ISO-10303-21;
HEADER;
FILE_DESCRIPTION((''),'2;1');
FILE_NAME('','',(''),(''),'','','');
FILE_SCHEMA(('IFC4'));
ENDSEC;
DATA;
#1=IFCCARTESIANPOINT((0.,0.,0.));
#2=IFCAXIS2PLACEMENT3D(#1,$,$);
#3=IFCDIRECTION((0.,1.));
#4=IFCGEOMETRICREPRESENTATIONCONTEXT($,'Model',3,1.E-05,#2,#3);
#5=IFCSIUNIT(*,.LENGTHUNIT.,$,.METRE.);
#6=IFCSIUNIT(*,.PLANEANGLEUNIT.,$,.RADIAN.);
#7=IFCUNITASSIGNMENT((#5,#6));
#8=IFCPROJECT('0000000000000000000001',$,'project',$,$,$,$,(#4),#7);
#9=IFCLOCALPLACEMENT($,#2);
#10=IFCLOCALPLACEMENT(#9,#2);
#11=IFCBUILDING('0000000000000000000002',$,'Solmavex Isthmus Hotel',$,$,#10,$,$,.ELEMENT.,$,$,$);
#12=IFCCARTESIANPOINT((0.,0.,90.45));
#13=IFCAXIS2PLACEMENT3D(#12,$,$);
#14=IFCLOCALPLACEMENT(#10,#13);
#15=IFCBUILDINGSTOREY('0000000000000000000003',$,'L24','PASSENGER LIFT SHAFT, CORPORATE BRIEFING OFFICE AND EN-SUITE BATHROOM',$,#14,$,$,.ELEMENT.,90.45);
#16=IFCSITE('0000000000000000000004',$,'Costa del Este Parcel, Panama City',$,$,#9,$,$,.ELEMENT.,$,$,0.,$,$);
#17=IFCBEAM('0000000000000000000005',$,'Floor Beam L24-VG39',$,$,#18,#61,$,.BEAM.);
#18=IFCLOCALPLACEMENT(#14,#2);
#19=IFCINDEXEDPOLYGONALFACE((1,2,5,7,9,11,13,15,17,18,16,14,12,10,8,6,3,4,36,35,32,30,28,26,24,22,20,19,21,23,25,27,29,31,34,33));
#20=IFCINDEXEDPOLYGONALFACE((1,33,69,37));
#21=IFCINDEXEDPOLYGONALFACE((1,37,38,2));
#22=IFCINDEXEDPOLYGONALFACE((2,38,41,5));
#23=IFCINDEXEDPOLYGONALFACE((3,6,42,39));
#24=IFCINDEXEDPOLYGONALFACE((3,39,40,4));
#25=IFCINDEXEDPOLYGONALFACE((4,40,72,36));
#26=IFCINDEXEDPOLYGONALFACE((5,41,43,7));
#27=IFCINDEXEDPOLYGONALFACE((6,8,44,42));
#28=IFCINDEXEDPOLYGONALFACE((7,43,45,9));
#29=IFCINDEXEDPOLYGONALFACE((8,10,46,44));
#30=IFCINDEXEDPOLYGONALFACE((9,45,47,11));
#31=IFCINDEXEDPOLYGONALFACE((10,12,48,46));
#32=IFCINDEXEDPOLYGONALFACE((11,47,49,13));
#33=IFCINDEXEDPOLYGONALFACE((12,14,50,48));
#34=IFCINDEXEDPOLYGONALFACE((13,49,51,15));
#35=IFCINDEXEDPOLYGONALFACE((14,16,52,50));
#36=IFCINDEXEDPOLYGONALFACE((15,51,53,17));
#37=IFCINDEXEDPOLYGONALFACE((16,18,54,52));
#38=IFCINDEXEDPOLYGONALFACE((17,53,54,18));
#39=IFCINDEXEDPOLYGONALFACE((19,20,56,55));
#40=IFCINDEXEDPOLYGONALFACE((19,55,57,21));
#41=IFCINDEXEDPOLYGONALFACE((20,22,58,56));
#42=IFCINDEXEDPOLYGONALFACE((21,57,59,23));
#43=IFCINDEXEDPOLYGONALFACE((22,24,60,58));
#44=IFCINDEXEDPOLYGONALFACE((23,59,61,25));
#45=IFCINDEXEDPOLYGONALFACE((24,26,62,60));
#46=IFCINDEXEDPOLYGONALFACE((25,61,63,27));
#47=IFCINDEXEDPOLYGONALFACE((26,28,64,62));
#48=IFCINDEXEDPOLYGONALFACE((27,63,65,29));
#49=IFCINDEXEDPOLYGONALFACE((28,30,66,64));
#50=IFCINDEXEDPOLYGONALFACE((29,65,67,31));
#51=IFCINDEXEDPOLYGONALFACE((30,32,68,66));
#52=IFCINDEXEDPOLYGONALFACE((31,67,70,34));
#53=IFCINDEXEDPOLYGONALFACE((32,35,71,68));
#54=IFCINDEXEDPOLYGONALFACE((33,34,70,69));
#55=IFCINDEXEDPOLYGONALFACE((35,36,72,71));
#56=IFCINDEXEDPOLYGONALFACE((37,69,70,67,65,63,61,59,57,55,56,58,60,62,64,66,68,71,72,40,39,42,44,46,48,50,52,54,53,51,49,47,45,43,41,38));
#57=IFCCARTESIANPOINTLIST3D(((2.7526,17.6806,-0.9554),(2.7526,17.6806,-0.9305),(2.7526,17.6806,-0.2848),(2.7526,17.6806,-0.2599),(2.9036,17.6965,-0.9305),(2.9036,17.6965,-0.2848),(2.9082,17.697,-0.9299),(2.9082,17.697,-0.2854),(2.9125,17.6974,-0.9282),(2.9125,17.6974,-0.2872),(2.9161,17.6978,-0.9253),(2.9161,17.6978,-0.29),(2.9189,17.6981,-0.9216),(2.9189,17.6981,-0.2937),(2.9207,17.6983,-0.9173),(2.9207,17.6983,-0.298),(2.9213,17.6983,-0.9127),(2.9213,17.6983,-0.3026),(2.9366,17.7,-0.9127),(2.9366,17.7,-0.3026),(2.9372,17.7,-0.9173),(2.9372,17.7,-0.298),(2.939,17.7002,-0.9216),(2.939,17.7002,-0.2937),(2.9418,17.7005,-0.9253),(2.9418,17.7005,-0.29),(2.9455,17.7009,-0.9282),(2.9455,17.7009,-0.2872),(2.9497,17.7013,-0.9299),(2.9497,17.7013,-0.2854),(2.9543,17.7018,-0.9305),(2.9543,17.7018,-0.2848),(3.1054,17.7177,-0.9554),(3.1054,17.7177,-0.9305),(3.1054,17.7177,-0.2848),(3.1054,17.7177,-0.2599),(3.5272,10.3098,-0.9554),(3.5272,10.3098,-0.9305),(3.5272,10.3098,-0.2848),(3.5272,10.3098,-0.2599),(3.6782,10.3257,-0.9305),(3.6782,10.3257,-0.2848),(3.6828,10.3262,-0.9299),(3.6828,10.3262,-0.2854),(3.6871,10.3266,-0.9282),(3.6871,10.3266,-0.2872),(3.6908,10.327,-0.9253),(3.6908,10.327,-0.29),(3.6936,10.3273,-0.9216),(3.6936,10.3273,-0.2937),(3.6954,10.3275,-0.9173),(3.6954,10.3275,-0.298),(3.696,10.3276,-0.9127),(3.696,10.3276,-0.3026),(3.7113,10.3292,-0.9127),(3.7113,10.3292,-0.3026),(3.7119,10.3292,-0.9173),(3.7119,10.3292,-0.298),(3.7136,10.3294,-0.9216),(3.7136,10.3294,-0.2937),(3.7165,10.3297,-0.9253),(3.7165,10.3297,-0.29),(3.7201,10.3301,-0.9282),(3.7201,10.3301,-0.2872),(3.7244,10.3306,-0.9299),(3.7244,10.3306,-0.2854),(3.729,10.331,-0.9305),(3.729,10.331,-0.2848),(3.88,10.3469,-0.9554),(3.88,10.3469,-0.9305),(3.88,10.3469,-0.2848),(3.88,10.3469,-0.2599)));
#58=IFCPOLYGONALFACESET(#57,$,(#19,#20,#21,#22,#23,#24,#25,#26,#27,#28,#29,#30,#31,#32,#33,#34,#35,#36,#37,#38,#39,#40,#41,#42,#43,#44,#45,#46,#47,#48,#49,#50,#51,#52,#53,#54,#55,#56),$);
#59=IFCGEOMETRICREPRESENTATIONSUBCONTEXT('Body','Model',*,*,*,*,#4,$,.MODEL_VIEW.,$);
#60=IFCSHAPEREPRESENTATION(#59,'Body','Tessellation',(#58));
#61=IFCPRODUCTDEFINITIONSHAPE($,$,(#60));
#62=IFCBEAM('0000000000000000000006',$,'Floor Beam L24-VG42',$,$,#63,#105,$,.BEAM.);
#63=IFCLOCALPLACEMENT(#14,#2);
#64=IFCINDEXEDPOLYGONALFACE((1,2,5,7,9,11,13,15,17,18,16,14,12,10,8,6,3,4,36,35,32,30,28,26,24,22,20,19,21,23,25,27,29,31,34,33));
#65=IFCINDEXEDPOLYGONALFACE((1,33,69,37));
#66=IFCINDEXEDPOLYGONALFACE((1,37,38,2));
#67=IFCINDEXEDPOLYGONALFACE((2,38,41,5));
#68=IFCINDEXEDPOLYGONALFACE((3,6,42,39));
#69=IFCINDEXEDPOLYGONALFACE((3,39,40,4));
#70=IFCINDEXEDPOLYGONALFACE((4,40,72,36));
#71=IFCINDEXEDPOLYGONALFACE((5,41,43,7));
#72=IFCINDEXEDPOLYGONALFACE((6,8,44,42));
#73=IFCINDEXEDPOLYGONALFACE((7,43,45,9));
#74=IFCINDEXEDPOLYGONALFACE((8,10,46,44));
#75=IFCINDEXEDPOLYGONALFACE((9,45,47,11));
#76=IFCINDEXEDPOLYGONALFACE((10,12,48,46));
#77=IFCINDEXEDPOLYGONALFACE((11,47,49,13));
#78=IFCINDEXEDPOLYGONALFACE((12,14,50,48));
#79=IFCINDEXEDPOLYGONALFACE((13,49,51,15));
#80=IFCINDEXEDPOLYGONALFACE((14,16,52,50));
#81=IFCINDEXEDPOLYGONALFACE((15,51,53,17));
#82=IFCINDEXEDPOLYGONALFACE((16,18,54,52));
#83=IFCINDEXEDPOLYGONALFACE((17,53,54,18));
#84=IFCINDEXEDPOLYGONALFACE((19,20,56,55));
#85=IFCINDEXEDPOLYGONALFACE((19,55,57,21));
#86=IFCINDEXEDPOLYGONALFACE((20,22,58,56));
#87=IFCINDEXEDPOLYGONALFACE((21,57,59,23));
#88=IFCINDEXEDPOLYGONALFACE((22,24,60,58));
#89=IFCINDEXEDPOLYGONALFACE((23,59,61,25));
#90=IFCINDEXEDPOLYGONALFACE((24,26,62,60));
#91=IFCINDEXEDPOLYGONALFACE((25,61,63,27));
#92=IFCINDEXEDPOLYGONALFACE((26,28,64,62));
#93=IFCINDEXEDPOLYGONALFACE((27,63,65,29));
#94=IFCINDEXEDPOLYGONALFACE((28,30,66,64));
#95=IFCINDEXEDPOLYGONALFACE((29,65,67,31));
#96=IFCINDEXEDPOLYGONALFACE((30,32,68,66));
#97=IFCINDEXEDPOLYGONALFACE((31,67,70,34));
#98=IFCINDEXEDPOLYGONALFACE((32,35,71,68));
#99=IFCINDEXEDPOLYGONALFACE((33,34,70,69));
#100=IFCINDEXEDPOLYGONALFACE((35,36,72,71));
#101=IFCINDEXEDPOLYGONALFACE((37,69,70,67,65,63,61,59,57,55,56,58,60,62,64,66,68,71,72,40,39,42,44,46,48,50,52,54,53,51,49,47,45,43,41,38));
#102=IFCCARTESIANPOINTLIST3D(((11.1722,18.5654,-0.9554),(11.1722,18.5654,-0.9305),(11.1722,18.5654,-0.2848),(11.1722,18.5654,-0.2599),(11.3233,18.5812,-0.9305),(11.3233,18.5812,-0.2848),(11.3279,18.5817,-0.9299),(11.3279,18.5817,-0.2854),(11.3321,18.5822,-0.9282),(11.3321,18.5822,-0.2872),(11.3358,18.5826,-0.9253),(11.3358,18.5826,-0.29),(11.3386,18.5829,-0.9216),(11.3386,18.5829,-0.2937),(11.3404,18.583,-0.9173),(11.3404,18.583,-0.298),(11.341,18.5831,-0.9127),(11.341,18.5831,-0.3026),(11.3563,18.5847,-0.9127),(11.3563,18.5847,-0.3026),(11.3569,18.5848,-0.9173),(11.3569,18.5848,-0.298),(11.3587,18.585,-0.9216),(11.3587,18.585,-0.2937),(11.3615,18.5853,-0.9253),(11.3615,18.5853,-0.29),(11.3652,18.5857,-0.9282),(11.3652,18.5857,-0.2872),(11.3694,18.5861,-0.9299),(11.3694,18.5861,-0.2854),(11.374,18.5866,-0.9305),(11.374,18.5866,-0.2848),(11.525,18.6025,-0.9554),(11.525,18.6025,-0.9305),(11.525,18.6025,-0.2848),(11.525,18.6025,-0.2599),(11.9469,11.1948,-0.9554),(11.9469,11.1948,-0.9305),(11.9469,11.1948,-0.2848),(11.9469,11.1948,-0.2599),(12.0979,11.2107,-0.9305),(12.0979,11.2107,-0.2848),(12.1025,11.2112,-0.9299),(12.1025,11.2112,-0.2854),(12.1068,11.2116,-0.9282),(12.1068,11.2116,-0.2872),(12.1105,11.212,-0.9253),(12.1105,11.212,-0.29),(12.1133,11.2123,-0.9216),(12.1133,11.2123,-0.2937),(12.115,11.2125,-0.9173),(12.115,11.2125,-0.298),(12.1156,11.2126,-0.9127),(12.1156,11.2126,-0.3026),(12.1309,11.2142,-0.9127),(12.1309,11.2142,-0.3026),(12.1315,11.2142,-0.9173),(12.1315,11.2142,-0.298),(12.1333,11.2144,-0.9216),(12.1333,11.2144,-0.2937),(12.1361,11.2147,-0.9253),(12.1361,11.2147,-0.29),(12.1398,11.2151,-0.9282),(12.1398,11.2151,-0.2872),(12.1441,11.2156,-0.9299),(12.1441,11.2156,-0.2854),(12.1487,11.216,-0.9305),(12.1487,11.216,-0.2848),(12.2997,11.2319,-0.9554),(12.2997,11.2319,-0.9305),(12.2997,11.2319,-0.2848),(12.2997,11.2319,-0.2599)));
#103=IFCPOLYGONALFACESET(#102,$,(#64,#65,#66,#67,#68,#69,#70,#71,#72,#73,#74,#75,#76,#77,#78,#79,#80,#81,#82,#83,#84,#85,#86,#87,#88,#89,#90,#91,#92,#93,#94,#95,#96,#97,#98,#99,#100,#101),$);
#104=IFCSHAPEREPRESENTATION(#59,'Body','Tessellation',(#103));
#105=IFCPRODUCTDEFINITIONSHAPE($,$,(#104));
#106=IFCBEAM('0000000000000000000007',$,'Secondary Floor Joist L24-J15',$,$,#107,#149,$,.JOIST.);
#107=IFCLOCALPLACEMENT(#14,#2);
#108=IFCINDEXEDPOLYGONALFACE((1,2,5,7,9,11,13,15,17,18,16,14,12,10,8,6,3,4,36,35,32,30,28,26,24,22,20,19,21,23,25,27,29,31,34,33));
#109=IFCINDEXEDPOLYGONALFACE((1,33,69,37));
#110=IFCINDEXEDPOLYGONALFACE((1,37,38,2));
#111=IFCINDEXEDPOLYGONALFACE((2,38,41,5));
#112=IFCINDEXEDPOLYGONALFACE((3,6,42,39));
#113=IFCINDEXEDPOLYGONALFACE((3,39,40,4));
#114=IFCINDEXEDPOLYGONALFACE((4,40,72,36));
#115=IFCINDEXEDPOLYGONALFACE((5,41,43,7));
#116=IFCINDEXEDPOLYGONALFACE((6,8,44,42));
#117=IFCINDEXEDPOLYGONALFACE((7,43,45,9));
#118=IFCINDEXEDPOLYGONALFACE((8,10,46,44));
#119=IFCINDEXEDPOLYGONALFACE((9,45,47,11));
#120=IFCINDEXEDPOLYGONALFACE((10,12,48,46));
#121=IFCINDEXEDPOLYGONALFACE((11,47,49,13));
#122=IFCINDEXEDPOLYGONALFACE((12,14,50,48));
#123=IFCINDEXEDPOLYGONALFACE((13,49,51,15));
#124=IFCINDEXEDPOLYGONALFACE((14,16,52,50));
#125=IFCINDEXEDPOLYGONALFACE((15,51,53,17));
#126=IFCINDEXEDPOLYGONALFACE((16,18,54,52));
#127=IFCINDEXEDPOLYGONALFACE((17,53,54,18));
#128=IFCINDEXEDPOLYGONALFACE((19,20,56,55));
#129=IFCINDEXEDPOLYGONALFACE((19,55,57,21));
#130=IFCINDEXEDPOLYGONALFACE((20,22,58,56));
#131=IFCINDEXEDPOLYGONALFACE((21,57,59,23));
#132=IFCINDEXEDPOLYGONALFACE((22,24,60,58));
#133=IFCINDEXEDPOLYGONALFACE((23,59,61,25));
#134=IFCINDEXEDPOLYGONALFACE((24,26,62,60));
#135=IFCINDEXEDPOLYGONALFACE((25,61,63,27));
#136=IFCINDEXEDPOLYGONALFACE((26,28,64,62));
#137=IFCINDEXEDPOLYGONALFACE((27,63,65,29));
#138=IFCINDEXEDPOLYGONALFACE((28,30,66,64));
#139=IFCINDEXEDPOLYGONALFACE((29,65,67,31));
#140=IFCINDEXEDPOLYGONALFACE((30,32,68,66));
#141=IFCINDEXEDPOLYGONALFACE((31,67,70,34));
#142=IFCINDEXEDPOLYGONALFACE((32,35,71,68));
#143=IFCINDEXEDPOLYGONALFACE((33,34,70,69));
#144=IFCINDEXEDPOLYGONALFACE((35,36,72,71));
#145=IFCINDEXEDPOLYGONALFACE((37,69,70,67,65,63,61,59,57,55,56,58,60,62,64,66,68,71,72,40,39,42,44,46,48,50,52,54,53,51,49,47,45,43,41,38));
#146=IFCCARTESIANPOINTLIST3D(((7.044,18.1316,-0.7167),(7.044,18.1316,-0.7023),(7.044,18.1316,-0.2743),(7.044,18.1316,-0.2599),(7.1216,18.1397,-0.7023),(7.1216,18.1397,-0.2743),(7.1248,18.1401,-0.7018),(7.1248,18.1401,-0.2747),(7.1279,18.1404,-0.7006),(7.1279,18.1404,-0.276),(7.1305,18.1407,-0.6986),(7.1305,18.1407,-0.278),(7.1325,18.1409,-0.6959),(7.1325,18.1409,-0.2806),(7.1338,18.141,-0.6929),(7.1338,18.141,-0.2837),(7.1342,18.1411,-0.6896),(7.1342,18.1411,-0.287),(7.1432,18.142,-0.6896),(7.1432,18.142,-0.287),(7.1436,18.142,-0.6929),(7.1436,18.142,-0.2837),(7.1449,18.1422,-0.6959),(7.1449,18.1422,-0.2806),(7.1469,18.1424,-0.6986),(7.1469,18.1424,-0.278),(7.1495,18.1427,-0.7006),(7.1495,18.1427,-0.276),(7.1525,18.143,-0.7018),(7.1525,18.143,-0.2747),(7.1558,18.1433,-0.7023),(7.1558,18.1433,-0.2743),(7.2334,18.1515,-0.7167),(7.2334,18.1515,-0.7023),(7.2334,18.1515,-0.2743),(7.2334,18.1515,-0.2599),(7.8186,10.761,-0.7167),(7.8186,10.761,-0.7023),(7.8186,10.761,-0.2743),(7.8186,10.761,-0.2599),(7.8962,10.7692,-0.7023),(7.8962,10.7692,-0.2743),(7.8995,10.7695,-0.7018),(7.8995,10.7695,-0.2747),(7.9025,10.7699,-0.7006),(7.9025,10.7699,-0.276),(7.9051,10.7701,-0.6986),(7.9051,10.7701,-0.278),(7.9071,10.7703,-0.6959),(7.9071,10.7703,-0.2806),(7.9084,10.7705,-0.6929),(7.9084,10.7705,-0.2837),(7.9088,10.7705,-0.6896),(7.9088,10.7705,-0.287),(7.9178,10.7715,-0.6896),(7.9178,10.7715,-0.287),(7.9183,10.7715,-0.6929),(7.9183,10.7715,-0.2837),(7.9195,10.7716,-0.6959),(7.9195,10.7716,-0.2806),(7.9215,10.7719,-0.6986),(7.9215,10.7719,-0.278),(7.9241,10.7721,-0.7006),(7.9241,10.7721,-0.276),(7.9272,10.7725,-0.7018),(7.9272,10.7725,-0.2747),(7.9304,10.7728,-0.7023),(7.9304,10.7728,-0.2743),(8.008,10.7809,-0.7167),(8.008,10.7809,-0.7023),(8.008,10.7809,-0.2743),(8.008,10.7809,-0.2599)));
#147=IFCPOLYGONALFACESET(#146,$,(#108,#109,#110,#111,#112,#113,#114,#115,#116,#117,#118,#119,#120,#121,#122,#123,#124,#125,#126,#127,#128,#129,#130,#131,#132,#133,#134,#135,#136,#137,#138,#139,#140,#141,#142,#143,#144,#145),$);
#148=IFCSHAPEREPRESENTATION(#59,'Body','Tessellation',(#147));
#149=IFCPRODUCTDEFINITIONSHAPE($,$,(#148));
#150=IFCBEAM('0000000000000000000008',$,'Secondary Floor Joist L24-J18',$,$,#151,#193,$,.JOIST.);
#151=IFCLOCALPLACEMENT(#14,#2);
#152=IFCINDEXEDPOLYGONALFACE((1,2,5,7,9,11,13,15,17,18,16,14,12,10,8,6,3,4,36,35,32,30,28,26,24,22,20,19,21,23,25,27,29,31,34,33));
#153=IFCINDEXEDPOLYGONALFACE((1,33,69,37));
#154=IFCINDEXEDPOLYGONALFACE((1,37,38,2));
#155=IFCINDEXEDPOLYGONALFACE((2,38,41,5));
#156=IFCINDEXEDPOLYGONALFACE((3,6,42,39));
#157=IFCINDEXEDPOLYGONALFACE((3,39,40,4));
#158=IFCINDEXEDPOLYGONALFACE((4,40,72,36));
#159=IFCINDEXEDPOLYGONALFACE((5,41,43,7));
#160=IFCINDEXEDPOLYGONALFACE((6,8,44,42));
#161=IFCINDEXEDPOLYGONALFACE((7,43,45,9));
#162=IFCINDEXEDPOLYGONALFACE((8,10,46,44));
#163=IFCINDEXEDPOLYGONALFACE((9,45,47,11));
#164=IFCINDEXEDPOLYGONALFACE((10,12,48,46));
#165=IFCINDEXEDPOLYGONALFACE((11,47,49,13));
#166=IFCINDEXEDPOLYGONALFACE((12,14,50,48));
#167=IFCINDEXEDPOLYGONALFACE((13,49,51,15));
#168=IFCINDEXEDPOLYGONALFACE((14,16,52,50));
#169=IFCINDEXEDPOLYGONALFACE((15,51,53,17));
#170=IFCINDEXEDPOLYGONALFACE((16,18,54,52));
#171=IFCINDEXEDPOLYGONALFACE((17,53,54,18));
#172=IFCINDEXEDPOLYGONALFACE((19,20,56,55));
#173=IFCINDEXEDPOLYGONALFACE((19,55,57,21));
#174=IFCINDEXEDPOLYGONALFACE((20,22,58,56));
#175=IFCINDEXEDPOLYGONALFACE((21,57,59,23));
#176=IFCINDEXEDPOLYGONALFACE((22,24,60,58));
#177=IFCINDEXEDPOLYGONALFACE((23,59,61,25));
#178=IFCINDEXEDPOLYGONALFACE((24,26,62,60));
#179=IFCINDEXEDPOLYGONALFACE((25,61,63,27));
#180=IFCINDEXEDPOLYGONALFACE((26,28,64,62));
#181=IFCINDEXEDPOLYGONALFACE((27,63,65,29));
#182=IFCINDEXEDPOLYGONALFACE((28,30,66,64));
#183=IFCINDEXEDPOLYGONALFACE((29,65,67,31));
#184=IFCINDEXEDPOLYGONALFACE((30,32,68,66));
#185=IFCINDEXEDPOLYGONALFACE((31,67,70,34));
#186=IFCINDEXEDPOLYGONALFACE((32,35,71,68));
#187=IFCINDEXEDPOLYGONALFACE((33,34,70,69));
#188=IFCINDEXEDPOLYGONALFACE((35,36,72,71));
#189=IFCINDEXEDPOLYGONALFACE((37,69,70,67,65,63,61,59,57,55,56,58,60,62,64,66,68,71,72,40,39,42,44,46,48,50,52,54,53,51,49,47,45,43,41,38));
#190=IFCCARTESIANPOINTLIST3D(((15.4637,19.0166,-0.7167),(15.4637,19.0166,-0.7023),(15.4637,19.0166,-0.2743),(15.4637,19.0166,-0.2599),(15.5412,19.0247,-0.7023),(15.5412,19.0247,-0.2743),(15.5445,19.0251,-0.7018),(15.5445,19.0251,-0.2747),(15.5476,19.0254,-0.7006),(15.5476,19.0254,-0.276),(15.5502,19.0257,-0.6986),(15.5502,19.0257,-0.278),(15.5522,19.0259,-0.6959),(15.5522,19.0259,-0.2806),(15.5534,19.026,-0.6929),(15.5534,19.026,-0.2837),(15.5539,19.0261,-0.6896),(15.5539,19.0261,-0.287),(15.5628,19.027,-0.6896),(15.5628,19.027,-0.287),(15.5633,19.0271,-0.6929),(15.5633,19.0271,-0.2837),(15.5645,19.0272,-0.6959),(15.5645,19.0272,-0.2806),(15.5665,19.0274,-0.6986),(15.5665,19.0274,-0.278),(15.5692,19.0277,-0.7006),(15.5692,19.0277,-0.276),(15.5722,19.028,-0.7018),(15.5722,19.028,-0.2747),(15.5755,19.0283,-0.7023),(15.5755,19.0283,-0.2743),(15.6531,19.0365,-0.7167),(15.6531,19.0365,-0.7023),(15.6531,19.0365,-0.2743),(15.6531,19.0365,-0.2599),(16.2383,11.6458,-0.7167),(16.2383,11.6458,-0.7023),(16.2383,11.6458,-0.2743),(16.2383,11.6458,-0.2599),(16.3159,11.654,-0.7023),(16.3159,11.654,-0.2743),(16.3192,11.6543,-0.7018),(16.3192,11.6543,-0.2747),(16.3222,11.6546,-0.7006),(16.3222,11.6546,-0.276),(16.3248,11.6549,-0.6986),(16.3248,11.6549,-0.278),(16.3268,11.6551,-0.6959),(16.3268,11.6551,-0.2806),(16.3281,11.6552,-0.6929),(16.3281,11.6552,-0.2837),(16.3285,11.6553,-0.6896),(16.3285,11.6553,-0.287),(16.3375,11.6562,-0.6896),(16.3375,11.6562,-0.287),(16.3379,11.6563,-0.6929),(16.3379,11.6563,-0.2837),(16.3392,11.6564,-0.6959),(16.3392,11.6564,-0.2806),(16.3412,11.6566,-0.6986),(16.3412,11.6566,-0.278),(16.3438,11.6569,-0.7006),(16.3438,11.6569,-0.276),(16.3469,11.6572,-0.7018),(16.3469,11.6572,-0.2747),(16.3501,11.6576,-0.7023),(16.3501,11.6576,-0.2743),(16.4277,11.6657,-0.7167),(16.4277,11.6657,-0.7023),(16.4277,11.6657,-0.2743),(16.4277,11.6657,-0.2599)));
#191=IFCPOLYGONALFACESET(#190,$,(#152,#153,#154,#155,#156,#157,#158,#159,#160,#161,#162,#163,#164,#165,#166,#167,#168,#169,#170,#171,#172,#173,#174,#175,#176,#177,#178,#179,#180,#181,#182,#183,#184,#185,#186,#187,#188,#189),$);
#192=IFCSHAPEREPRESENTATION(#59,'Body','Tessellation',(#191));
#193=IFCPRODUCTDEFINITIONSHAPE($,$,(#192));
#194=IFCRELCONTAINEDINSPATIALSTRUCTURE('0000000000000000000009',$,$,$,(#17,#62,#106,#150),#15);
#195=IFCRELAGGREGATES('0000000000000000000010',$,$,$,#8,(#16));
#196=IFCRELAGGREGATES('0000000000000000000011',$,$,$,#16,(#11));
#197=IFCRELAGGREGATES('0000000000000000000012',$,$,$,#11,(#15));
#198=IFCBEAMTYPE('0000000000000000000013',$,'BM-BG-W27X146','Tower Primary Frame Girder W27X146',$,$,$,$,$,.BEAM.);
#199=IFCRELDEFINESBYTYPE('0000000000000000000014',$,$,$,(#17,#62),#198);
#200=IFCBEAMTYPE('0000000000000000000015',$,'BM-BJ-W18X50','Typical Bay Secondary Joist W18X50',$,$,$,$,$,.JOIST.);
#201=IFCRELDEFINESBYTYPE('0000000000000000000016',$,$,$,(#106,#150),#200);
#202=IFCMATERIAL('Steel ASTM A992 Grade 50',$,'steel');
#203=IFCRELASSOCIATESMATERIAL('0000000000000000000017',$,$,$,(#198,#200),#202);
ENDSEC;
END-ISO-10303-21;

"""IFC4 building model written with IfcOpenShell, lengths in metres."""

from ifc_helpers import new_model, si_unit, direction, frame, origin, origin_2d, place, context, subcontext, project, spatial, i_section, extrude, material, material_profile, profile_set, type_object, element, save


model = new_model("IFC4")

# Units and contexts
model_context = context("Model", 3, precision=1e-05, world=origin(), true_north=direction((0.0, 1.0)))
body_context = subcontext(model_context, "Body", "Model", "MODEL_VIEW")
ifc_project = project(units=[si_unit("LENGTHUNIT", "METRE"), si_unit("PLANEANGLEUNIT", "RADIAN")], contexts=[model_context])

# Site, building, storey
site_placement = place(None, origin())
site = spatial("IfcSite", under=ifc_project, at=site_placement, Name="Costa del Este Parcel, Panama City", CompositionType="ELEMENT", RefElevation=0.0)
building_placement = place(site_placement, origin())
building = spatial("IfcBuilding", under=site, at=building_placement, Name="Solmavex Isthmus Hotel", CompositionType="ELEMENT")
storey_placement = place(building_placement, frame((0.0, 0.0, 90.45)))
storey = spatial("IfcBuildingStorey", under=building, at=storey_placement, Name="L24", Description="PASSENGER LIFT SHAFT, CORPORATE BRIEFING OFFICE AND EN-SUITE BATHROOM", CompositionType="ELEMENT", Elevation=90.45)

# Beams
ifc_material_1 = material(Name="Steel ASTM A992 Grade 50", Category="steel")
ifc_material_profile_1 = material_profile(ifc_material_1, i_section(OverallWidth=0.3547, OverallDepth=0.6956, WebThickness=0.0154, FlangeThickness=0.0249, FilletRadius=0.0178, at=origin_2d()), Name="W27X146")
ifc_profile_set_1 = profile_set([ifc_material_profile_1], Name="Steel ASTM A992 Grade 50")
beam_type_1 = type_object("IfcBeamType", Name="BM-BG-W27X146", Description="Tower Primary Frame Girder W27X146", PredefinedType="BEAM", material=ifc_profile_set_1)
beam_1_placement = place(storey_placement, frame((3.7036, 10.3284, -0.6077), z_axis=(-0.104522, 0.994523, 0.0), x_axis=(-0.994523, -0.104522, 0.0)))
element("IfcBeam", 1, at=beam_1_placement, inside=storey, type_object=beam_type_1, Name="Floor Beam L24-VG39", PredefinedType="BEAM", context=body_context, shape_type="SweptSolid", body=[
    extrude(i_section(OverallWidth=0.3547, OverallDepth=0.6956, WebThickness=0.0154, FlangeThickness=0.0249, FilletRadius=0.0178, at=origin_2d()), origin(), (0.0, 0.0, 1.0), 7.4114),
])
beam_2_placement = place(storey_placement, frame((12.1233, 11.2134, -0.6077), z_axis=(-0.104525, 0.994522, 0.0), x_axis=(-0.994522, -0.104525, 0.0)))
element("IfcBeam", 2, at=beam_2_placement, inside=storey, type_object=beam_type_1, Name="Floor Beam L24-VG42", PredefinedType="BEAM", context=body_context, shape_type="SweptSolid", body=[
    extrude(i_section(OverallWidth=0.3547, OverallDepth=0.6956, WebThickness=0.0154, FlangeThickness=0.0249, FilletRadius=0.0178, at=origin_2d()), origin(), (0.0, 0.0, 1.0), 7.4111),
])
ifc_material_profile_2 = material_profile(ifc_material_1, i_section(OverallWidth=0.1904, OverallDepth=0.4568, WebThickness=0.009, FlangeThickness=0.0144, FilletRadius=0.0127, at=origin_2d()), Name="W18X50")
ifc_profile_set_2 = profile_set([ifc_material_profile_2], Name="Steel ASTM A992 Grade 50")
beam_type_2 = type_object("IfcBeamType", Name="BM-BJ-W18X50", Description="Typical Bay Secondary Joist W18X50", PredefinedType="JOIST", material=ifc_profile_set_2)
beam_3_placement = place(storey_placement, frame((7.9133, 10.771, -0.4883), z_axis=(-0.104525, 0.994522, 0.0), x_axis=(-0.994522, -0.104525, 0.0)))
element("IfcBeam", 3, at=beam_3_placement, inside=storey, type_object=beam_type_2, Name="Secondary Floor Joist L24-J15", PredefinedType="JOIST", context=body_context, shape_type="SweptSolid", body=[
    extrude(i_section(OverallWidth=0.1904, OverallDepth=0.4568, WebThickness=0.009, FlangeThickness=0.0144, FilletRadius=0.0127, at=origin_2d()), origin(), (0.0, 0.0, 1.0), 7.4111),
])
beam_4_placement = place(storey_placement, frame((16.333, 11.6558, -0.4883), z_axis=(-0.104522, 0.994523, 0.0), x_axis=(-0.994523, -0.104522, 0.0)))
element("IfcBeam", 4, at=beam_4_placement, inside=storey, type_object=beam_type_2, Name="Secondary Floor Joist L24-J18", PredefinedType="JOIST", context=body_context, shape_type="SweptSolid", body=[
    extrude(i_section(OverallWidth=0.1904, OverallDepth=0.4568, WebThickness=0.009, FlangeThickness=0.0144, FilletRadius=0.0127, at=origin_2d()), origin(), (0.0, 0.0, 1.0), 7.4114),
])

save(model, "model.ifc")
